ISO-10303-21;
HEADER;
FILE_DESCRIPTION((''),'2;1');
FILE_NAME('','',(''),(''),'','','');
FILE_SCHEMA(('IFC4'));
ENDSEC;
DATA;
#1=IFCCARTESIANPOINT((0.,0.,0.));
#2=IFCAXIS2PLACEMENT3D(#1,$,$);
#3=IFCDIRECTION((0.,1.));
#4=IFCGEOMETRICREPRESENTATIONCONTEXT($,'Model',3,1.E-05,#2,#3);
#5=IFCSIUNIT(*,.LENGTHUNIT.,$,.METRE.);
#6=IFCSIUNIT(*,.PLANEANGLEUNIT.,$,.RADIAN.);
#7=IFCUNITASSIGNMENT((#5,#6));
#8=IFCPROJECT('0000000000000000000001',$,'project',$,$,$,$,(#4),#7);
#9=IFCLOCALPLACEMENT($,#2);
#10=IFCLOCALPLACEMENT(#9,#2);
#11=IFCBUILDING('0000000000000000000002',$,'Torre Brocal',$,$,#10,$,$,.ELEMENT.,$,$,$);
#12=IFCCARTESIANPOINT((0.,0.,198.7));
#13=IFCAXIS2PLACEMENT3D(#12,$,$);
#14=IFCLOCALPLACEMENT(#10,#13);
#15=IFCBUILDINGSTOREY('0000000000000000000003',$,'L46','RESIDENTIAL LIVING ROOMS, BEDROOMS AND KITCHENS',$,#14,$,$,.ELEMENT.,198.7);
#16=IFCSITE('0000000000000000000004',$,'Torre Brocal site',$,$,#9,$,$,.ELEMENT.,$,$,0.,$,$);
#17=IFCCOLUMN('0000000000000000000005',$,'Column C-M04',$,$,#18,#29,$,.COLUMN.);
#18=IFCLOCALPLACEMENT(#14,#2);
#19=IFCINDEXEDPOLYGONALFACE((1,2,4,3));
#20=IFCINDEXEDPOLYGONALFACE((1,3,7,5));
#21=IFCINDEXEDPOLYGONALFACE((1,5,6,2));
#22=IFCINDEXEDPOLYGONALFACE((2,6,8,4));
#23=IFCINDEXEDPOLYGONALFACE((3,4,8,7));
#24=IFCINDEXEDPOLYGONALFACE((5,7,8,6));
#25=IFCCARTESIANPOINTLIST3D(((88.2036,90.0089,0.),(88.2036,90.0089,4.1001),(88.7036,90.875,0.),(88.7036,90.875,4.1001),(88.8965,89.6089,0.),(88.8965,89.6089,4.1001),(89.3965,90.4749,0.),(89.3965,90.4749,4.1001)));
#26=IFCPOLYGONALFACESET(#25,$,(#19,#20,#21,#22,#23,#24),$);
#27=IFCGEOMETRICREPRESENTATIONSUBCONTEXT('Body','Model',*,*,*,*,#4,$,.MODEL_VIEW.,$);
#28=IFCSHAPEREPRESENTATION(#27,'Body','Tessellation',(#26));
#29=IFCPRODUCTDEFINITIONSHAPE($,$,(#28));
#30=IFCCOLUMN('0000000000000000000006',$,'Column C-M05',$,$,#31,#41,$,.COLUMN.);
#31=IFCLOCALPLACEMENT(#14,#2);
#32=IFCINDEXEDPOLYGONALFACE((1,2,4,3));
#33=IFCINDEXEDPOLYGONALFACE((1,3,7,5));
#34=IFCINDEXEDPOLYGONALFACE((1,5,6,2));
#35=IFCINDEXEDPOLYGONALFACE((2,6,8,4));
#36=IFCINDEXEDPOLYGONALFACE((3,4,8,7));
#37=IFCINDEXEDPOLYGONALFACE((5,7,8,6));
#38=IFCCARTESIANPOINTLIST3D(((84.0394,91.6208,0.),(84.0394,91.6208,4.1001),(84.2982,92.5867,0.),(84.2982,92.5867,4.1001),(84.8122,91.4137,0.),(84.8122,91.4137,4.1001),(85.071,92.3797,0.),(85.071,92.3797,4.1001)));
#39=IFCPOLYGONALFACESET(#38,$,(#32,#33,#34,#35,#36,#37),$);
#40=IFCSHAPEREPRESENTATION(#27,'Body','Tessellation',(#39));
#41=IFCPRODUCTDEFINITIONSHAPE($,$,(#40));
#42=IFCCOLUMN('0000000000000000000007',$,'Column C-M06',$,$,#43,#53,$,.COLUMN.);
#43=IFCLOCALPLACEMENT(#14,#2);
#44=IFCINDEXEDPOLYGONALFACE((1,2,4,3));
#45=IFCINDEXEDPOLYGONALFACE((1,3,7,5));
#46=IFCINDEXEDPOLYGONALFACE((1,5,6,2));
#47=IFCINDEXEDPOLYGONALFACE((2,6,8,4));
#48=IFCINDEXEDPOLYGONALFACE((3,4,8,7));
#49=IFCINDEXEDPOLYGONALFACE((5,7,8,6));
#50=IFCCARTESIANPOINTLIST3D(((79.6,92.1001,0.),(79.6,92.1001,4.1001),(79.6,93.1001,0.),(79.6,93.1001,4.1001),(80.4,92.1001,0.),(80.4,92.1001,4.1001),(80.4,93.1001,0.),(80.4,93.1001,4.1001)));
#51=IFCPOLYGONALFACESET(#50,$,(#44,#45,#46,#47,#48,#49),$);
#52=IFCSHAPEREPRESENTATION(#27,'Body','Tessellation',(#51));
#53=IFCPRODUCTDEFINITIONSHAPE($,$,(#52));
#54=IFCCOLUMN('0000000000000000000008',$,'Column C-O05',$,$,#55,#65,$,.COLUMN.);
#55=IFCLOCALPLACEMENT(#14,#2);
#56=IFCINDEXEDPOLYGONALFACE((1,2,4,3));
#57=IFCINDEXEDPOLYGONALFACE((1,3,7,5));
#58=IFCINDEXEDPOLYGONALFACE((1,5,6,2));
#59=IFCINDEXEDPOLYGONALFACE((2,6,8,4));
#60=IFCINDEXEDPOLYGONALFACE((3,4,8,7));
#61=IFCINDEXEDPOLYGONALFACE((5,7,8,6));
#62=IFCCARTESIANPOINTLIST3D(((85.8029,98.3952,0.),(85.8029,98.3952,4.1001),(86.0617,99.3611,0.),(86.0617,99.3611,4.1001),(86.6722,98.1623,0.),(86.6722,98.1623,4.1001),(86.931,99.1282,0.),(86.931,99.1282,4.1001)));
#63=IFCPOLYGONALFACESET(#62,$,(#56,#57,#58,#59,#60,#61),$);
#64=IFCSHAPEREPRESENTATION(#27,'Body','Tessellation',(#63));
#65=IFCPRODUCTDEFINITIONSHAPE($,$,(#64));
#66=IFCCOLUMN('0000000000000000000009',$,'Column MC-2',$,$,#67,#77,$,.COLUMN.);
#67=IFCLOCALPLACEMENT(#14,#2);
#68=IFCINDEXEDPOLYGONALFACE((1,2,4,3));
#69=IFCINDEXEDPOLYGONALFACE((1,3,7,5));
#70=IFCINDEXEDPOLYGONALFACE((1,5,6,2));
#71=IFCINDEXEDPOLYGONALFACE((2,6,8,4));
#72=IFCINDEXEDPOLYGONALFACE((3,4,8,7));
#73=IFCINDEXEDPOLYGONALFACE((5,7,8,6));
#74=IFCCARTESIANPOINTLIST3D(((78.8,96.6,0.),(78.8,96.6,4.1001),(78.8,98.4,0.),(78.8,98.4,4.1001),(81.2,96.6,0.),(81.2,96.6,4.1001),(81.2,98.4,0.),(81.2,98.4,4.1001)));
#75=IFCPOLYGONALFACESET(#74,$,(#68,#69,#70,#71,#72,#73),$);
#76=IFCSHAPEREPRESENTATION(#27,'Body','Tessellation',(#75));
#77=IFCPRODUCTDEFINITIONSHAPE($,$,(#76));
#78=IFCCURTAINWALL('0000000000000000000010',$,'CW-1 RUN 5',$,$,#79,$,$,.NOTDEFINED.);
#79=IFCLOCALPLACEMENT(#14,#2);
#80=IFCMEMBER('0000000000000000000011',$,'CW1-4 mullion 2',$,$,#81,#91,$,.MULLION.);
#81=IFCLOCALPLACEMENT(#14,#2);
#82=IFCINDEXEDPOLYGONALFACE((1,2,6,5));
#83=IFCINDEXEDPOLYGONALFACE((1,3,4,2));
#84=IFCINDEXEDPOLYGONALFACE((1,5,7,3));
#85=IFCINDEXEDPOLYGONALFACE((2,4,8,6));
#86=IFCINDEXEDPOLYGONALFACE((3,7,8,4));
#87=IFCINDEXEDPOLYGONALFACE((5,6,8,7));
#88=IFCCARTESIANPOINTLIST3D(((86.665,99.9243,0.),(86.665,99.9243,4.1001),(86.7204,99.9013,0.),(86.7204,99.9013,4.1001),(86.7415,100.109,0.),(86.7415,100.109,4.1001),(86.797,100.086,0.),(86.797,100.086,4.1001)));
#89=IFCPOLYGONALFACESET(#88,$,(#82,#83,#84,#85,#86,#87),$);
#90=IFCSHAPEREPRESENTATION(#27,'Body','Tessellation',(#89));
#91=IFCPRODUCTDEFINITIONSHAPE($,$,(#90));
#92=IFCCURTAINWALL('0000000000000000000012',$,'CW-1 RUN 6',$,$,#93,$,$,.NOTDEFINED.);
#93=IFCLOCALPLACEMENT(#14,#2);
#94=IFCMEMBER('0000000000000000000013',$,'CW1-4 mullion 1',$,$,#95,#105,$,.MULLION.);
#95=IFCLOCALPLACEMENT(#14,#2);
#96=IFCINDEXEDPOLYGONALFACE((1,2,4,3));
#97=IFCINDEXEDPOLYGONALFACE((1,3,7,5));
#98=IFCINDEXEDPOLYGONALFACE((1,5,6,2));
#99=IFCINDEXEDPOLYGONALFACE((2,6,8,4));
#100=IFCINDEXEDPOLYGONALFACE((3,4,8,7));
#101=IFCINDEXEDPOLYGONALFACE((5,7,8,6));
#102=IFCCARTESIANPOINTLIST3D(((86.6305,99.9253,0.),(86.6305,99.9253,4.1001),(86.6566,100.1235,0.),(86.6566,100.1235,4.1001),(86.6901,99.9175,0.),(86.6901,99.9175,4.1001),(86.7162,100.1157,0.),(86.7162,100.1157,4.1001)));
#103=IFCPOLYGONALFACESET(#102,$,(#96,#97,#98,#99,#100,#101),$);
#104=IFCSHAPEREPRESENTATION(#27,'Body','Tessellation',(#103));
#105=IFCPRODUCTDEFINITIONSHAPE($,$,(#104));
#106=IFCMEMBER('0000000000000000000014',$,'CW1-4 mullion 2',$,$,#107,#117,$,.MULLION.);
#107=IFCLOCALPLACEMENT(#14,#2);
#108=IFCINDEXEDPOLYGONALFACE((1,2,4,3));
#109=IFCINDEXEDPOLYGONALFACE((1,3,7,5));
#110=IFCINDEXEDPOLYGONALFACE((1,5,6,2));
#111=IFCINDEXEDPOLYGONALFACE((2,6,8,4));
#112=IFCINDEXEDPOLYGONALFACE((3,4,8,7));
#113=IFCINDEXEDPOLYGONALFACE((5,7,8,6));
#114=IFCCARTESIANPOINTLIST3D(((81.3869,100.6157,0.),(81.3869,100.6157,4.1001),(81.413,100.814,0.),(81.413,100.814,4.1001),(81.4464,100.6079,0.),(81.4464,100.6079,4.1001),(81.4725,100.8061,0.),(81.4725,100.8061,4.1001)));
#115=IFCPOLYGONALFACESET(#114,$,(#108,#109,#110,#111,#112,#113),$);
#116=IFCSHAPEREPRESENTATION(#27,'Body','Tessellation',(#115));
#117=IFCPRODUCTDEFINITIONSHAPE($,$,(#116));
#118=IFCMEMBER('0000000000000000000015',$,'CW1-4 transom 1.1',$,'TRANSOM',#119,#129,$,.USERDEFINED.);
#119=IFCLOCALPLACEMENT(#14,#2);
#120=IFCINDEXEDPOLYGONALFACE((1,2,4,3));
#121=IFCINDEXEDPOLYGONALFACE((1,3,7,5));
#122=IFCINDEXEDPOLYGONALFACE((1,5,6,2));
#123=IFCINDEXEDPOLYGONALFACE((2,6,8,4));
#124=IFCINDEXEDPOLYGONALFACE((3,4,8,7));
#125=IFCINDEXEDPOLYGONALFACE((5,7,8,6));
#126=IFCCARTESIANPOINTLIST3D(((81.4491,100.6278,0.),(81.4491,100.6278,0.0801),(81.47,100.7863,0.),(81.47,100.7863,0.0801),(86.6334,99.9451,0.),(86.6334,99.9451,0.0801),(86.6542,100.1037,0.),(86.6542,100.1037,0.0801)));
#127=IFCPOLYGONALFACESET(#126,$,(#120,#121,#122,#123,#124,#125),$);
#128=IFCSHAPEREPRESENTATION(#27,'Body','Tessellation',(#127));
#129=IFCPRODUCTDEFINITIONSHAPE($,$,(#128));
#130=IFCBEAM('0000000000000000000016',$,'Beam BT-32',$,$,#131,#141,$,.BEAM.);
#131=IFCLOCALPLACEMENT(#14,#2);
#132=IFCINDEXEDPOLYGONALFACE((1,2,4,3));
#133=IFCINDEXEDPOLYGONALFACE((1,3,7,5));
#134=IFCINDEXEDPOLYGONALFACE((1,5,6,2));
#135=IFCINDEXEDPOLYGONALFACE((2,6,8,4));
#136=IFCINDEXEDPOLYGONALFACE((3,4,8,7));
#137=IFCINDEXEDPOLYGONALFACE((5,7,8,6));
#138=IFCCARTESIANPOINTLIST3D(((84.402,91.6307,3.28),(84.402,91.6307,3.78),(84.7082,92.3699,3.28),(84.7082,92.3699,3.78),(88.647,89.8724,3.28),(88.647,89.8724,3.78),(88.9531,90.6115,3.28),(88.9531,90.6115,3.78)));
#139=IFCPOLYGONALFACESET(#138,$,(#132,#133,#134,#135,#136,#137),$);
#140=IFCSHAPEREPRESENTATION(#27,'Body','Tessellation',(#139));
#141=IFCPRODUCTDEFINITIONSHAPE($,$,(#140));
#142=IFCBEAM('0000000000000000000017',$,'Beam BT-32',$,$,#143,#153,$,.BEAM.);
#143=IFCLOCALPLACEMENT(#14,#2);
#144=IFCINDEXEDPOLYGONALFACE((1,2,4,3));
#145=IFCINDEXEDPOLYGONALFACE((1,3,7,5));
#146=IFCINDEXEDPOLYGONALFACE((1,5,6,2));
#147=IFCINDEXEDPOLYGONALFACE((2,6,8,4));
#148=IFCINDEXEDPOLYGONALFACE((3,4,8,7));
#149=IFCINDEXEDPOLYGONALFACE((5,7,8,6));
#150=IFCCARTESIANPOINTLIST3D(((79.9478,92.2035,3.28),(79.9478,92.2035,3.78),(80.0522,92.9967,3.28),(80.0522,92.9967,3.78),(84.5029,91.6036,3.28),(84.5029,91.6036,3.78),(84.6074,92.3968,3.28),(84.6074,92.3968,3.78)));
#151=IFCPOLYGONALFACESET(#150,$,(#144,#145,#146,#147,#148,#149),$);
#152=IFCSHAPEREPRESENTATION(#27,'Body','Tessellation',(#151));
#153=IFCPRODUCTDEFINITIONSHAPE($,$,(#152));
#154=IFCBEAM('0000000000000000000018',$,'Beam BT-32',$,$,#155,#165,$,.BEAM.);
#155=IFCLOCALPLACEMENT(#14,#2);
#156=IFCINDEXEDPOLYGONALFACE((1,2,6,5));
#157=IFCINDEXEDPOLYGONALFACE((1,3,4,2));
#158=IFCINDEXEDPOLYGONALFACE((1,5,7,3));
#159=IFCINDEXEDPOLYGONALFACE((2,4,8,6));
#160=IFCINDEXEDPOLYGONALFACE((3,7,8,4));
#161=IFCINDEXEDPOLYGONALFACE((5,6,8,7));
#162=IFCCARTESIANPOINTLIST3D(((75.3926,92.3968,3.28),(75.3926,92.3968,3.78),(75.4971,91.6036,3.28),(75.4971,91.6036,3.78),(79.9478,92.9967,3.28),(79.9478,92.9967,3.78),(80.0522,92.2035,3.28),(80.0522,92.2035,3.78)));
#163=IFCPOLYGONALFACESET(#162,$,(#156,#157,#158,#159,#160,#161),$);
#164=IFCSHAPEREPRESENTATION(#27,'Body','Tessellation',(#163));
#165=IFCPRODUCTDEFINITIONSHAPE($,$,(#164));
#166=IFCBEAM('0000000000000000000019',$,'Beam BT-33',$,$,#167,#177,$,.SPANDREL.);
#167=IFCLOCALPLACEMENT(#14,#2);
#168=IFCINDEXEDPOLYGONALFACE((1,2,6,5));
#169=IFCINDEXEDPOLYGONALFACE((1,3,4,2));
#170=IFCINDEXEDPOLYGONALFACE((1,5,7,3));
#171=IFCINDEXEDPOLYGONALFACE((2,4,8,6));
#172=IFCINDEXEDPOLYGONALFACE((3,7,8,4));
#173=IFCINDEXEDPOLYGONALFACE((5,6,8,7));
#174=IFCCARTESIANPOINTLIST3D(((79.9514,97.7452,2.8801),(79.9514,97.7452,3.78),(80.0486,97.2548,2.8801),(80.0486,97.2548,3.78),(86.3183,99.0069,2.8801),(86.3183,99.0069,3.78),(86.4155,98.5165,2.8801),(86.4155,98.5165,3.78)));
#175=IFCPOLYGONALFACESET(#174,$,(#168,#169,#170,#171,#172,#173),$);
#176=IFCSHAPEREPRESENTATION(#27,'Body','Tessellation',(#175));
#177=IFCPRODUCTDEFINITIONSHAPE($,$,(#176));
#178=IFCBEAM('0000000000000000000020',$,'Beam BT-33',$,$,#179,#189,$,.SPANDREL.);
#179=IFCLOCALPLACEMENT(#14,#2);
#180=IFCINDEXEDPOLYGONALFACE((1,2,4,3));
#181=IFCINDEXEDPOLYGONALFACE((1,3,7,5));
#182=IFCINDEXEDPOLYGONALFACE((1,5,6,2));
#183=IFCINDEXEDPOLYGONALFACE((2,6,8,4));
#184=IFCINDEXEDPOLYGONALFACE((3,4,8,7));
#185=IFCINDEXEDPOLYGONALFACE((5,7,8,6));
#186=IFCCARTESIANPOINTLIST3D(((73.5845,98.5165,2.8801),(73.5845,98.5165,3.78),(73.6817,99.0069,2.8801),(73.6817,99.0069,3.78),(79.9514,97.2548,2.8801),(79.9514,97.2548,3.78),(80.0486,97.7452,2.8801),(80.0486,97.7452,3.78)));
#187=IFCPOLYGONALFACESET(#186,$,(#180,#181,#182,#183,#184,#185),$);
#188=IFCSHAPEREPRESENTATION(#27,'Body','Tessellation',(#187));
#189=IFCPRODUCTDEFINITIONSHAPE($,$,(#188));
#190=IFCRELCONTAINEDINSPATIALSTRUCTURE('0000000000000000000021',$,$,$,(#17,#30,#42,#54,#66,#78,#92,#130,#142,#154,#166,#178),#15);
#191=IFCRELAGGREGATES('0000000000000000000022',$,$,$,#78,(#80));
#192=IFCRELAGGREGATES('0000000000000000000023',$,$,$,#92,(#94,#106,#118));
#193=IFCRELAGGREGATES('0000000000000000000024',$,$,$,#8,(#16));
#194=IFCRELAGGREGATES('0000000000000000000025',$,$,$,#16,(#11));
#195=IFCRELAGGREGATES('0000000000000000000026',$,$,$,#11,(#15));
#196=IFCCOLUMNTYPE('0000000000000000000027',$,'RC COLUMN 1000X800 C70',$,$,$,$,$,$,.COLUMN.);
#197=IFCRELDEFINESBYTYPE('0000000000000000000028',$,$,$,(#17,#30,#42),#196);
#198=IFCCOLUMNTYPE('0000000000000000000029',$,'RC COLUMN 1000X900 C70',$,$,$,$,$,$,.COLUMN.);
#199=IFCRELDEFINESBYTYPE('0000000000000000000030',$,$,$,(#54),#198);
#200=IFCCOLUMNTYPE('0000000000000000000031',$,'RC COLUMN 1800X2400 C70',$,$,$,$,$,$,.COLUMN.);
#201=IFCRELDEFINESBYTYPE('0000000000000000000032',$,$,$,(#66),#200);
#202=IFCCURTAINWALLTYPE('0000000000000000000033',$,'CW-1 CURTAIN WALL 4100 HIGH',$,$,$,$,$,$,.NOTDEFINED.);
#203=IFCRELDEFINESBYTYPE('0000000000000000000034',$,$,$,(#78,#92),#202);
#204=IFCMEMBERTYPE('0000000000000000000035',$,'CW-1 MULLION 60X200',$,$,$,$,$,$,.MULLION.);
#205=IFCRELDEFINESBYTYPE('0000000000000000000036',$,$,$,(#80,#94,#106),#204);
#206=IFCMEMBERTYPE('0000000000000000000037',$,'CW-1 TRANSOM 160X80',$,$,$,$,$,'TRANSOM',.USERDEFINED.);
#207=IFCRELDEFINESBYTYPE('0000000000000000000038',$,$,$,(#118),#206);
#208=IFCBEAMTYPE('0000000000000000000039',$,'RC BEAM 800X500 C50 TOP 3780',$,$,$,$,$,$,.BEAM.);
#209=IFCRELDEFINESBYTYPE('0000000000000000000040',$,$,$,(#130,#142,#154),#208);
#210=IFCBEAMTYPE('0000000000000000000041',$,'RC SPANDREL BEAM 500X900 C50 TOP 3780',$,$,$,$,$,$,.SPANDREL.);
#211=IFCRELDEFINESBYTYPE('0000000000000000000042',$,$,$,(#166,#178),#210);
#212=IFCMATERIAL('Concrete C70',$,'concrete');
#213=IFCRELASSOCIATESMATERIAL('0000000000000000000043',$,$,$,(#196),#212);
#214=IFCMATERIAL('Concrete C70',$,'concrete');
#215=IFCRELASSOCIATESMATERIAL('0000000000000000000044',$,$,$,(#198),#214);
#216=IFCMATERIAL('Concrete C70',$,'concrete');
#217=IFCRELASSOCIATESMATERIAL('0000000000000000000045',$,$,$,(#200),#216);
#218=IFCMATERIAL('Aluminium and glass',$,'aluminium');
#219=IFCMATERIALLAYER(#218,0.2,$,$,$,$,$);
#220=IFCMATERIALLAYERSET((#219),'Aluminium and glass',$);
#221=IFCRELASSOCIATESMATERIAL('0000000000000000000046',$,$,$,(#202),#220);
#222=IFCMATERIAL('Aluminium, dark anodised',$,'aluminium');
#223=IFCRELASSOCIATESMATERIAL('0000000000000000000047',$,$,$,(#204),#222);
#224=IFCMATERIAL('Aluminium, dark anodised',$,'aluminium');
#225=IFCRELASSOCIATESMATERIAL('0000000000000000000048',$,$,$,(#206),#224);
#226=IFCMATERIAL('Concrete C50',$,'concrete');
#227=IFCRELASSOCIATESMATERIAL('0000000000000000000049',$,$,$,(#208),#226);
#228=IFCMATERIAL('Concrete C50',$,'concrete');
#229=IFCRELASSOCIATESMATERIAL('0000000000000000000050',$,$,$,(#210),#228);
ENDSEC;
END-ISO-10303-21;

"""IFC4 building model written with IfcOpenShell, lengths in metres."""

from ifc_helpers import new_model, si_unit, direction, frame, origin, origin_2d, place, context, subcontext, project, spatial, rectangle, extrude, material, layer, layer_set, material_profile, profile_set, type_object, element, aggregate, save


model = new_model("IFC4")

# Units and contexts
model_context = context("Model", 3, precision=1e-05, world=origin(), true_north=direction((0.0, 1.0)))
body_context = subcontext(model_context, "Body", "Model", "MODEL_VIEW")
ifc_project = project(units=[si_unit("LENGTHUNIT", "METRE"), si_unit("PLANEANGLEUNIT", "RADIAN")], contexts=[model_context])

# Site, building, storey
site_placement = place(None, origin())
site = spatial("IfcSite", under=ifc_project, at=site_placement, Name="Torre Brocal site", CompositionType="ELEMENT", RefElevation=0.0)
building_placement = place(site_placement, origin())
building = spatial("IfcBuilding", under=site, at=building_placement, Name="Torre Brocal", CompositionType="ELEMENT")
storey_placement = place(building_placement, frame((0.0, 0.0, 198.7)))
storey = spatial("IfcBuildingStorey", under=building, at=storey_placement, Name="L46", Description="RESIDENTIAL LIVING ROOMS, BEDROOMS AND KITCHENS", CompositionType="ELEMENT", Elevation=198.7)

# Columns
ifc_material_1 = material(Name="Concrete C70", Category="concrete")
ifc_material_profile_1 = material_profile(ifc_material_1, rectangle(XDim=1.0, YDim=0.8, at=origin_2d()), Name="RC 1000X800")
ifc_profile_set_1 = profile_set([ifc_material_profile_1], Name="Concrete C70")
column_type_1 = type_object("IfcColumnType", Name="RC COLUMN 1000X800 C70", PredefinedType="COLUMN", material=ifc_profile_set_1)
for number, where, z_axis, x_axis, name in (
    (1, (88.8, 90.2419, 0.0), (0.0, 0.0, 1.0), (0.5, 0.866025, 0.0), "Column C-M04"),
    (2, (84.5552, 92.0002, 0.0), (0.0, 0.0, 1.0), (0.258819, 0.965926, 0.0), "Column C-M05"),
    (3, (80.0, 92.6001, 0.0), (0.0, 0.0, 1.0), (0.0, 1.0, 0.0), "Column C-M06"),
):
    element("IfcColumn", number, at=place(storey_placement, frame(where, z_axis=z_axis, x_axis=x_axis)), inside=storey, type_object=column_type_1, Name=name, PredefinedType="COLUMN", context=body_context, shape_type="SweptSolid", body=[
        extrude(rectangle(XDim=1.0, YDim=0.8, at=origin_2d()), origin(), (0.0, 0.0, 1.0), 4.1001),
    ])
ifc_material_2 = material(Name="Concrete C70", Category="concrete")
ifc_material_profile_2 = material_profile(ifc_material_2, rectangle(XDim=1.0, YDim=0.8999, at=origin_2d()), Name="RC 1000X900")
ifc_profile_set_2 = profile_set([ifc_material_profile_2], Name="Concrete C70")
column_type_2 = type_object("IfcColumnType", Name="RC COLUMN 1000X900 C70", PredefinedType="COLUMN", material=ifc_profile_set_2)
column_1_placement = place(storey_placement, frame((86.3669, 98.7617, 0.0), z_axis=(0.0, 0.0, 1.0), x_axis=(0.258819, 0.965926, 0.0)))
element("IfcColumn", 4, at=column_1_placement, inside=storey, type_object=column_type_2, Name="Column C-O05", PredefinedType="COLUMN", context=body_context, shape_type="SweptSolid", body=[
    extrude(rectangle(XDim=1.0, YDim=0.8999, at=origin_2d()), origin(), (0.0, 0.0, 1.0), 4.1001),
])
ifc_material_3 = material(Name="Concrete C70", Category="concrete")
ifc_material_profile_3 = material_profile(ifc_material_3, rectangle(XDim=1.8, YDim=2.3999, at=origin_2d()), Name="RC 1800X2400")
ifc_profile_set_3 = profile_set([ifc_material_profile_3], Name="Concrete C70")
column_type_3 = type_object("IfcColumnType", Name="RC COLUMN 1800X2400 C70", PredefinedType="COLUMN", material=ifc_profile_set_3)
column_2_placement = place(storey_placement, frame((80.0, 97.5, 0.0), z_axis=(0.0, 0.0, 1.0), x_axis=(0.0, 1.0, 0.0)))
element("IfcColumn", 5, at=column_2_placement, inside=storey, type_object=column_type_3, Name="Column MC-2", PredefinedType="COLUMN", context=body_context, shape_type="SweptSolid", body=[
    extrude(rectangle(XDim=1.8, YDim=2.3999, at=origin_2d()), origin(), (0.0, 0.0, 1.0), 4.1001),
])

# Curtain wall, member
ifc_material_4 = material(Name="Aluminium and glass", Category="aluminium")
ifc_layer_1 = layer(ifc_material_4, 0.2)
ifc_layer_set_1 = layer_set([ifc_layer_1], Name="Aluminium and glass")
curtain_wall_type = type_object("IfcCurtainWallType", Name="CW-1 CURTAIN WALL 4100 HIGH", PredefinedType="NOTDEFINED", material=ifc_layer_set_1)
curtain_wall_1_placement = place(storey_placement, origin())
curtain_wall_1 = element("IfcCurtainWall", 6, at=curtain_wall_1_placement, inside=storey, type_object=curtain_wall_type, Name="CW-1 RUN 5", PredefinedType="NOTDEFINED")
ifc_material_5 = material(Name="Aluminium, dark anodised", Category="aluminium")
ifc_material_profile_4 = material_profile(ifc_material_5, rectangle(XDim=0.2, YDim=0.0601, at=origin_2d()), Name="CW-1 MULLION 60X200")
ifc_profile_set_4 = profile_set([ifc_material_profile_4], Name="Aluminium, dark anodised")
member_type_1 = type_object("IfcMemberType", Name="CW-1 MULLION 60X200", PredefinedType="MULLION", material=ifc_profile_set_4)
member_1_placement = place(storey_placement, frame((86.731, 100.0051, 0.0), z_axis=(0.0, 0.0, 1.0), x_axis=(-0.382683, -0.92388, 0.0)))
member_1 = element("IfcMember", 7, at=member_1_placement, type_object=member_type_1, Name="CW1-4 mullion 2", PredefinedType="MULLION", context=body_context, shape_type="SweptSolid", body=[
    extrude(rectangle(XDim=0.2, YDim=0.0601, at=origin_2d()), origin(), (0.0, 0.0, 1.0), 4.1001),
])

# Curtain wall, members
curtain_wall_2_placement = place(storey_placement, origin())
curtain_wall_2 = element("IfcCurtainWall", 8, at=curtain_wall_2_placement, inside=storey, type_object=curtain_wall_type, Name="CW-1 RUN 6", PredefinedType="NOTDEFINED")
member_2_placement = place(storey_placement, frame((86.6733, 100.0205, 0.0), z_axis=(0.0, 0.0, 1.0), x_axis=(-0.130526, -0.991445, 0.0)))
member_2 = element("IfcMember", 9, at=member_2_placement, type_object=member_type_1, Name="CW1-4 mullion 1", PredefinedType="MULLION", context=body_context, shape_type="SweptSolid", body=[
    extrude(rectangle(XDim=0.2, YDim=0.0601, at=origin_2d()), origin(), (0.0, 0.0, 1.0), 4.1001),
])
member_3_placement = place(storey_placement, frame((81.4297, 100.7109, 0.0), z_axis=(0.0, 0.0, 1.0), x_axis=(-0.130526, -0.991445, 0.0)))
member_3 = element("IfcMember", 10, at=member_3_placement, type_object=member_type_1, Name="CW1-4 mullion 2", PredefinedType="MULLION", context=body_context, shape_type="SweptSolid", body=[
    extrude(rectangle(XDim=0.2, YDim=0.0601, at=origin_2d()), origin(), (0.0, 0.0, 1.0), 4.1001),
])
ifc_material_6 = material(Name="Aluminium, dark anodised", Category="aluminium")
ifc_material_profile_5 = material_profile(ifc_material_6, rectangle(XDim=0.1599, YDim=0.0801, at=origin_2d()), Name="CW-1 TRANSOM 160X80")
ifc_profile_set_5 = profile_set([ifc_material_profile_5], Name="Aluminium, dark anodised")
member_type_2 = type_object("IfcMemberType", Name="CW-1 TRANSOM 160X80", ElementType="TRANSOM", PredefinedType="USERDEFINED", material=ifc_profile_set_5)
member_4_placement = place(storey_placement, frame((86.6438, 100.0244, 0.04), z_axis=(-0.991443, 0.130543, 0.0), x_axis=(-0.130543, -0.991443, 0.0)))
member_4 = element("IfcMember", 11, at=member_4_placement, type_object=member_type_2, Name="CW1-4 transom 1.1", ObjectType="TRANSOM", PredefinedType="USERDEFINED", context=body_context, shape_type="SweptSolid", body=[
    extrude(rectangle(XDim=0.1599, YDim=0.0801, at=origin_2d()), origin(), (0.0, 0.0, 1.0), 5.229),
])

# Beams
ifc_material_7 = material(Name="Concrete C50", Category="concrete")
ifc_material_profile_6 = material_profile(ifc_material_7, rectangle(XDim=0.8, YDim=0.5, at=origin_2d()), Name="RC 800X500")
ifc_profile_set_6 = profile_set([ifc_material_profile_6], Name="Concrete C50")
beam_type_1 = type_object("IfcBeamType", Name="RC BEAM 800X500 C50 TOP 3780", PredefinedType="BEAM", material=ifc_profile_set_6)
beam_placement = place(storey_placement, frame((88.8, 90.2419, 3.53), z_axis=(-0.923878, 0.382687, 0.0), x_axis=(-0.382687, -0.923878, 0.0)))
element("IfcBeam", 12, at=beam_placement, inside=storey, type_object=beam_type_1, Name="Beam BT-32", PredefinedType="BEAM", context=body_context, shape_type="SweptSolid", body=[
    extrude(rectangle(XDim=0.8, YDim=0.5, at=origin_2d()), origin(), (0.0, 0.0, 1.0), 4.5947),
])
for number, where, z_axis, x_axis, name in (
    (13, (84.5552, 92.0002, 3.53), (-0.991441, 0.130559, 0.0), (-0.130559, -0.991441, 0.0), "Beam BT-32"),
    (14, (80.0, 92.6001, 3.53), (-0.991441, -0.130559, 0.0), (0.130559, -0.991441, 0.0), "Beam BT-32"),
):
    element("IfcBeam", number, at=place(storey_placement, frame(where, z_axis=z_axis, x_axis=x_axis)), inside=storey, type_object=beam_type_1, Name=name, PredefinedType="BEAM", context=body_context, shape_type="SweptSolid", body=[
        extrude(rectangle(XDim=0.8, YDim=0.5, at=origin_2d()), origin(), (0.0, 0.0, 1.0), 4.5945),
    ])
ifc_material_8 = material(Name="Concrete C50", Category="concrete")
ifc_material_profile_7 = material_profile(ifc_material_8, rectangle(XDim=0.5, YDim=0.8999, at=origin_2d()), Name="RC 500X900")
ifc_profile_set_7 = profile_set([ifc_material_profile_7], Name="Concrete C50")
beam_type_2 = type_object("IfcBeamType", Name="RC SPANDREL BEAM 500X900 C50 TOP 3780", PredefinedType="SPANDREL", material=ifc_profile_set_7)
for number, where, z_axis, x_axis, name in (
    (15, (86.3669, 98.7617, 3.3301), (-0.980925, -0.194387, 0.0), (0.194387, -0.980925, 0.0), "Beam BT-33"),
    (16, (80.0, 97.5, 3.3301), (-0.980925, 0.194387, 0.0), (-0.194387, -0.980925, 0.0), "Beam BT-33"),
):
    element("IfcBeam", number, at=place(storey_placement, frame(where, z_axis=z_axis, x_axis=x_axis)), inside=storey, type_object=beam_type_2, Name=name, PredefinedType="SPANDREL", context=body_context, shape_type="SweptSolid", body=[
        extrude(rectangle(XDim=0.5, YDim=0.8999, at=origin_2d()), origin(), (0.0, 0.0, 1.0), 6.4907),
    ])

aggregate(curtain_wall_1, [member_1])
aggregate(curtain_wall_2, [member_2, member_3, member_4])

save(model, "model.ifc")
